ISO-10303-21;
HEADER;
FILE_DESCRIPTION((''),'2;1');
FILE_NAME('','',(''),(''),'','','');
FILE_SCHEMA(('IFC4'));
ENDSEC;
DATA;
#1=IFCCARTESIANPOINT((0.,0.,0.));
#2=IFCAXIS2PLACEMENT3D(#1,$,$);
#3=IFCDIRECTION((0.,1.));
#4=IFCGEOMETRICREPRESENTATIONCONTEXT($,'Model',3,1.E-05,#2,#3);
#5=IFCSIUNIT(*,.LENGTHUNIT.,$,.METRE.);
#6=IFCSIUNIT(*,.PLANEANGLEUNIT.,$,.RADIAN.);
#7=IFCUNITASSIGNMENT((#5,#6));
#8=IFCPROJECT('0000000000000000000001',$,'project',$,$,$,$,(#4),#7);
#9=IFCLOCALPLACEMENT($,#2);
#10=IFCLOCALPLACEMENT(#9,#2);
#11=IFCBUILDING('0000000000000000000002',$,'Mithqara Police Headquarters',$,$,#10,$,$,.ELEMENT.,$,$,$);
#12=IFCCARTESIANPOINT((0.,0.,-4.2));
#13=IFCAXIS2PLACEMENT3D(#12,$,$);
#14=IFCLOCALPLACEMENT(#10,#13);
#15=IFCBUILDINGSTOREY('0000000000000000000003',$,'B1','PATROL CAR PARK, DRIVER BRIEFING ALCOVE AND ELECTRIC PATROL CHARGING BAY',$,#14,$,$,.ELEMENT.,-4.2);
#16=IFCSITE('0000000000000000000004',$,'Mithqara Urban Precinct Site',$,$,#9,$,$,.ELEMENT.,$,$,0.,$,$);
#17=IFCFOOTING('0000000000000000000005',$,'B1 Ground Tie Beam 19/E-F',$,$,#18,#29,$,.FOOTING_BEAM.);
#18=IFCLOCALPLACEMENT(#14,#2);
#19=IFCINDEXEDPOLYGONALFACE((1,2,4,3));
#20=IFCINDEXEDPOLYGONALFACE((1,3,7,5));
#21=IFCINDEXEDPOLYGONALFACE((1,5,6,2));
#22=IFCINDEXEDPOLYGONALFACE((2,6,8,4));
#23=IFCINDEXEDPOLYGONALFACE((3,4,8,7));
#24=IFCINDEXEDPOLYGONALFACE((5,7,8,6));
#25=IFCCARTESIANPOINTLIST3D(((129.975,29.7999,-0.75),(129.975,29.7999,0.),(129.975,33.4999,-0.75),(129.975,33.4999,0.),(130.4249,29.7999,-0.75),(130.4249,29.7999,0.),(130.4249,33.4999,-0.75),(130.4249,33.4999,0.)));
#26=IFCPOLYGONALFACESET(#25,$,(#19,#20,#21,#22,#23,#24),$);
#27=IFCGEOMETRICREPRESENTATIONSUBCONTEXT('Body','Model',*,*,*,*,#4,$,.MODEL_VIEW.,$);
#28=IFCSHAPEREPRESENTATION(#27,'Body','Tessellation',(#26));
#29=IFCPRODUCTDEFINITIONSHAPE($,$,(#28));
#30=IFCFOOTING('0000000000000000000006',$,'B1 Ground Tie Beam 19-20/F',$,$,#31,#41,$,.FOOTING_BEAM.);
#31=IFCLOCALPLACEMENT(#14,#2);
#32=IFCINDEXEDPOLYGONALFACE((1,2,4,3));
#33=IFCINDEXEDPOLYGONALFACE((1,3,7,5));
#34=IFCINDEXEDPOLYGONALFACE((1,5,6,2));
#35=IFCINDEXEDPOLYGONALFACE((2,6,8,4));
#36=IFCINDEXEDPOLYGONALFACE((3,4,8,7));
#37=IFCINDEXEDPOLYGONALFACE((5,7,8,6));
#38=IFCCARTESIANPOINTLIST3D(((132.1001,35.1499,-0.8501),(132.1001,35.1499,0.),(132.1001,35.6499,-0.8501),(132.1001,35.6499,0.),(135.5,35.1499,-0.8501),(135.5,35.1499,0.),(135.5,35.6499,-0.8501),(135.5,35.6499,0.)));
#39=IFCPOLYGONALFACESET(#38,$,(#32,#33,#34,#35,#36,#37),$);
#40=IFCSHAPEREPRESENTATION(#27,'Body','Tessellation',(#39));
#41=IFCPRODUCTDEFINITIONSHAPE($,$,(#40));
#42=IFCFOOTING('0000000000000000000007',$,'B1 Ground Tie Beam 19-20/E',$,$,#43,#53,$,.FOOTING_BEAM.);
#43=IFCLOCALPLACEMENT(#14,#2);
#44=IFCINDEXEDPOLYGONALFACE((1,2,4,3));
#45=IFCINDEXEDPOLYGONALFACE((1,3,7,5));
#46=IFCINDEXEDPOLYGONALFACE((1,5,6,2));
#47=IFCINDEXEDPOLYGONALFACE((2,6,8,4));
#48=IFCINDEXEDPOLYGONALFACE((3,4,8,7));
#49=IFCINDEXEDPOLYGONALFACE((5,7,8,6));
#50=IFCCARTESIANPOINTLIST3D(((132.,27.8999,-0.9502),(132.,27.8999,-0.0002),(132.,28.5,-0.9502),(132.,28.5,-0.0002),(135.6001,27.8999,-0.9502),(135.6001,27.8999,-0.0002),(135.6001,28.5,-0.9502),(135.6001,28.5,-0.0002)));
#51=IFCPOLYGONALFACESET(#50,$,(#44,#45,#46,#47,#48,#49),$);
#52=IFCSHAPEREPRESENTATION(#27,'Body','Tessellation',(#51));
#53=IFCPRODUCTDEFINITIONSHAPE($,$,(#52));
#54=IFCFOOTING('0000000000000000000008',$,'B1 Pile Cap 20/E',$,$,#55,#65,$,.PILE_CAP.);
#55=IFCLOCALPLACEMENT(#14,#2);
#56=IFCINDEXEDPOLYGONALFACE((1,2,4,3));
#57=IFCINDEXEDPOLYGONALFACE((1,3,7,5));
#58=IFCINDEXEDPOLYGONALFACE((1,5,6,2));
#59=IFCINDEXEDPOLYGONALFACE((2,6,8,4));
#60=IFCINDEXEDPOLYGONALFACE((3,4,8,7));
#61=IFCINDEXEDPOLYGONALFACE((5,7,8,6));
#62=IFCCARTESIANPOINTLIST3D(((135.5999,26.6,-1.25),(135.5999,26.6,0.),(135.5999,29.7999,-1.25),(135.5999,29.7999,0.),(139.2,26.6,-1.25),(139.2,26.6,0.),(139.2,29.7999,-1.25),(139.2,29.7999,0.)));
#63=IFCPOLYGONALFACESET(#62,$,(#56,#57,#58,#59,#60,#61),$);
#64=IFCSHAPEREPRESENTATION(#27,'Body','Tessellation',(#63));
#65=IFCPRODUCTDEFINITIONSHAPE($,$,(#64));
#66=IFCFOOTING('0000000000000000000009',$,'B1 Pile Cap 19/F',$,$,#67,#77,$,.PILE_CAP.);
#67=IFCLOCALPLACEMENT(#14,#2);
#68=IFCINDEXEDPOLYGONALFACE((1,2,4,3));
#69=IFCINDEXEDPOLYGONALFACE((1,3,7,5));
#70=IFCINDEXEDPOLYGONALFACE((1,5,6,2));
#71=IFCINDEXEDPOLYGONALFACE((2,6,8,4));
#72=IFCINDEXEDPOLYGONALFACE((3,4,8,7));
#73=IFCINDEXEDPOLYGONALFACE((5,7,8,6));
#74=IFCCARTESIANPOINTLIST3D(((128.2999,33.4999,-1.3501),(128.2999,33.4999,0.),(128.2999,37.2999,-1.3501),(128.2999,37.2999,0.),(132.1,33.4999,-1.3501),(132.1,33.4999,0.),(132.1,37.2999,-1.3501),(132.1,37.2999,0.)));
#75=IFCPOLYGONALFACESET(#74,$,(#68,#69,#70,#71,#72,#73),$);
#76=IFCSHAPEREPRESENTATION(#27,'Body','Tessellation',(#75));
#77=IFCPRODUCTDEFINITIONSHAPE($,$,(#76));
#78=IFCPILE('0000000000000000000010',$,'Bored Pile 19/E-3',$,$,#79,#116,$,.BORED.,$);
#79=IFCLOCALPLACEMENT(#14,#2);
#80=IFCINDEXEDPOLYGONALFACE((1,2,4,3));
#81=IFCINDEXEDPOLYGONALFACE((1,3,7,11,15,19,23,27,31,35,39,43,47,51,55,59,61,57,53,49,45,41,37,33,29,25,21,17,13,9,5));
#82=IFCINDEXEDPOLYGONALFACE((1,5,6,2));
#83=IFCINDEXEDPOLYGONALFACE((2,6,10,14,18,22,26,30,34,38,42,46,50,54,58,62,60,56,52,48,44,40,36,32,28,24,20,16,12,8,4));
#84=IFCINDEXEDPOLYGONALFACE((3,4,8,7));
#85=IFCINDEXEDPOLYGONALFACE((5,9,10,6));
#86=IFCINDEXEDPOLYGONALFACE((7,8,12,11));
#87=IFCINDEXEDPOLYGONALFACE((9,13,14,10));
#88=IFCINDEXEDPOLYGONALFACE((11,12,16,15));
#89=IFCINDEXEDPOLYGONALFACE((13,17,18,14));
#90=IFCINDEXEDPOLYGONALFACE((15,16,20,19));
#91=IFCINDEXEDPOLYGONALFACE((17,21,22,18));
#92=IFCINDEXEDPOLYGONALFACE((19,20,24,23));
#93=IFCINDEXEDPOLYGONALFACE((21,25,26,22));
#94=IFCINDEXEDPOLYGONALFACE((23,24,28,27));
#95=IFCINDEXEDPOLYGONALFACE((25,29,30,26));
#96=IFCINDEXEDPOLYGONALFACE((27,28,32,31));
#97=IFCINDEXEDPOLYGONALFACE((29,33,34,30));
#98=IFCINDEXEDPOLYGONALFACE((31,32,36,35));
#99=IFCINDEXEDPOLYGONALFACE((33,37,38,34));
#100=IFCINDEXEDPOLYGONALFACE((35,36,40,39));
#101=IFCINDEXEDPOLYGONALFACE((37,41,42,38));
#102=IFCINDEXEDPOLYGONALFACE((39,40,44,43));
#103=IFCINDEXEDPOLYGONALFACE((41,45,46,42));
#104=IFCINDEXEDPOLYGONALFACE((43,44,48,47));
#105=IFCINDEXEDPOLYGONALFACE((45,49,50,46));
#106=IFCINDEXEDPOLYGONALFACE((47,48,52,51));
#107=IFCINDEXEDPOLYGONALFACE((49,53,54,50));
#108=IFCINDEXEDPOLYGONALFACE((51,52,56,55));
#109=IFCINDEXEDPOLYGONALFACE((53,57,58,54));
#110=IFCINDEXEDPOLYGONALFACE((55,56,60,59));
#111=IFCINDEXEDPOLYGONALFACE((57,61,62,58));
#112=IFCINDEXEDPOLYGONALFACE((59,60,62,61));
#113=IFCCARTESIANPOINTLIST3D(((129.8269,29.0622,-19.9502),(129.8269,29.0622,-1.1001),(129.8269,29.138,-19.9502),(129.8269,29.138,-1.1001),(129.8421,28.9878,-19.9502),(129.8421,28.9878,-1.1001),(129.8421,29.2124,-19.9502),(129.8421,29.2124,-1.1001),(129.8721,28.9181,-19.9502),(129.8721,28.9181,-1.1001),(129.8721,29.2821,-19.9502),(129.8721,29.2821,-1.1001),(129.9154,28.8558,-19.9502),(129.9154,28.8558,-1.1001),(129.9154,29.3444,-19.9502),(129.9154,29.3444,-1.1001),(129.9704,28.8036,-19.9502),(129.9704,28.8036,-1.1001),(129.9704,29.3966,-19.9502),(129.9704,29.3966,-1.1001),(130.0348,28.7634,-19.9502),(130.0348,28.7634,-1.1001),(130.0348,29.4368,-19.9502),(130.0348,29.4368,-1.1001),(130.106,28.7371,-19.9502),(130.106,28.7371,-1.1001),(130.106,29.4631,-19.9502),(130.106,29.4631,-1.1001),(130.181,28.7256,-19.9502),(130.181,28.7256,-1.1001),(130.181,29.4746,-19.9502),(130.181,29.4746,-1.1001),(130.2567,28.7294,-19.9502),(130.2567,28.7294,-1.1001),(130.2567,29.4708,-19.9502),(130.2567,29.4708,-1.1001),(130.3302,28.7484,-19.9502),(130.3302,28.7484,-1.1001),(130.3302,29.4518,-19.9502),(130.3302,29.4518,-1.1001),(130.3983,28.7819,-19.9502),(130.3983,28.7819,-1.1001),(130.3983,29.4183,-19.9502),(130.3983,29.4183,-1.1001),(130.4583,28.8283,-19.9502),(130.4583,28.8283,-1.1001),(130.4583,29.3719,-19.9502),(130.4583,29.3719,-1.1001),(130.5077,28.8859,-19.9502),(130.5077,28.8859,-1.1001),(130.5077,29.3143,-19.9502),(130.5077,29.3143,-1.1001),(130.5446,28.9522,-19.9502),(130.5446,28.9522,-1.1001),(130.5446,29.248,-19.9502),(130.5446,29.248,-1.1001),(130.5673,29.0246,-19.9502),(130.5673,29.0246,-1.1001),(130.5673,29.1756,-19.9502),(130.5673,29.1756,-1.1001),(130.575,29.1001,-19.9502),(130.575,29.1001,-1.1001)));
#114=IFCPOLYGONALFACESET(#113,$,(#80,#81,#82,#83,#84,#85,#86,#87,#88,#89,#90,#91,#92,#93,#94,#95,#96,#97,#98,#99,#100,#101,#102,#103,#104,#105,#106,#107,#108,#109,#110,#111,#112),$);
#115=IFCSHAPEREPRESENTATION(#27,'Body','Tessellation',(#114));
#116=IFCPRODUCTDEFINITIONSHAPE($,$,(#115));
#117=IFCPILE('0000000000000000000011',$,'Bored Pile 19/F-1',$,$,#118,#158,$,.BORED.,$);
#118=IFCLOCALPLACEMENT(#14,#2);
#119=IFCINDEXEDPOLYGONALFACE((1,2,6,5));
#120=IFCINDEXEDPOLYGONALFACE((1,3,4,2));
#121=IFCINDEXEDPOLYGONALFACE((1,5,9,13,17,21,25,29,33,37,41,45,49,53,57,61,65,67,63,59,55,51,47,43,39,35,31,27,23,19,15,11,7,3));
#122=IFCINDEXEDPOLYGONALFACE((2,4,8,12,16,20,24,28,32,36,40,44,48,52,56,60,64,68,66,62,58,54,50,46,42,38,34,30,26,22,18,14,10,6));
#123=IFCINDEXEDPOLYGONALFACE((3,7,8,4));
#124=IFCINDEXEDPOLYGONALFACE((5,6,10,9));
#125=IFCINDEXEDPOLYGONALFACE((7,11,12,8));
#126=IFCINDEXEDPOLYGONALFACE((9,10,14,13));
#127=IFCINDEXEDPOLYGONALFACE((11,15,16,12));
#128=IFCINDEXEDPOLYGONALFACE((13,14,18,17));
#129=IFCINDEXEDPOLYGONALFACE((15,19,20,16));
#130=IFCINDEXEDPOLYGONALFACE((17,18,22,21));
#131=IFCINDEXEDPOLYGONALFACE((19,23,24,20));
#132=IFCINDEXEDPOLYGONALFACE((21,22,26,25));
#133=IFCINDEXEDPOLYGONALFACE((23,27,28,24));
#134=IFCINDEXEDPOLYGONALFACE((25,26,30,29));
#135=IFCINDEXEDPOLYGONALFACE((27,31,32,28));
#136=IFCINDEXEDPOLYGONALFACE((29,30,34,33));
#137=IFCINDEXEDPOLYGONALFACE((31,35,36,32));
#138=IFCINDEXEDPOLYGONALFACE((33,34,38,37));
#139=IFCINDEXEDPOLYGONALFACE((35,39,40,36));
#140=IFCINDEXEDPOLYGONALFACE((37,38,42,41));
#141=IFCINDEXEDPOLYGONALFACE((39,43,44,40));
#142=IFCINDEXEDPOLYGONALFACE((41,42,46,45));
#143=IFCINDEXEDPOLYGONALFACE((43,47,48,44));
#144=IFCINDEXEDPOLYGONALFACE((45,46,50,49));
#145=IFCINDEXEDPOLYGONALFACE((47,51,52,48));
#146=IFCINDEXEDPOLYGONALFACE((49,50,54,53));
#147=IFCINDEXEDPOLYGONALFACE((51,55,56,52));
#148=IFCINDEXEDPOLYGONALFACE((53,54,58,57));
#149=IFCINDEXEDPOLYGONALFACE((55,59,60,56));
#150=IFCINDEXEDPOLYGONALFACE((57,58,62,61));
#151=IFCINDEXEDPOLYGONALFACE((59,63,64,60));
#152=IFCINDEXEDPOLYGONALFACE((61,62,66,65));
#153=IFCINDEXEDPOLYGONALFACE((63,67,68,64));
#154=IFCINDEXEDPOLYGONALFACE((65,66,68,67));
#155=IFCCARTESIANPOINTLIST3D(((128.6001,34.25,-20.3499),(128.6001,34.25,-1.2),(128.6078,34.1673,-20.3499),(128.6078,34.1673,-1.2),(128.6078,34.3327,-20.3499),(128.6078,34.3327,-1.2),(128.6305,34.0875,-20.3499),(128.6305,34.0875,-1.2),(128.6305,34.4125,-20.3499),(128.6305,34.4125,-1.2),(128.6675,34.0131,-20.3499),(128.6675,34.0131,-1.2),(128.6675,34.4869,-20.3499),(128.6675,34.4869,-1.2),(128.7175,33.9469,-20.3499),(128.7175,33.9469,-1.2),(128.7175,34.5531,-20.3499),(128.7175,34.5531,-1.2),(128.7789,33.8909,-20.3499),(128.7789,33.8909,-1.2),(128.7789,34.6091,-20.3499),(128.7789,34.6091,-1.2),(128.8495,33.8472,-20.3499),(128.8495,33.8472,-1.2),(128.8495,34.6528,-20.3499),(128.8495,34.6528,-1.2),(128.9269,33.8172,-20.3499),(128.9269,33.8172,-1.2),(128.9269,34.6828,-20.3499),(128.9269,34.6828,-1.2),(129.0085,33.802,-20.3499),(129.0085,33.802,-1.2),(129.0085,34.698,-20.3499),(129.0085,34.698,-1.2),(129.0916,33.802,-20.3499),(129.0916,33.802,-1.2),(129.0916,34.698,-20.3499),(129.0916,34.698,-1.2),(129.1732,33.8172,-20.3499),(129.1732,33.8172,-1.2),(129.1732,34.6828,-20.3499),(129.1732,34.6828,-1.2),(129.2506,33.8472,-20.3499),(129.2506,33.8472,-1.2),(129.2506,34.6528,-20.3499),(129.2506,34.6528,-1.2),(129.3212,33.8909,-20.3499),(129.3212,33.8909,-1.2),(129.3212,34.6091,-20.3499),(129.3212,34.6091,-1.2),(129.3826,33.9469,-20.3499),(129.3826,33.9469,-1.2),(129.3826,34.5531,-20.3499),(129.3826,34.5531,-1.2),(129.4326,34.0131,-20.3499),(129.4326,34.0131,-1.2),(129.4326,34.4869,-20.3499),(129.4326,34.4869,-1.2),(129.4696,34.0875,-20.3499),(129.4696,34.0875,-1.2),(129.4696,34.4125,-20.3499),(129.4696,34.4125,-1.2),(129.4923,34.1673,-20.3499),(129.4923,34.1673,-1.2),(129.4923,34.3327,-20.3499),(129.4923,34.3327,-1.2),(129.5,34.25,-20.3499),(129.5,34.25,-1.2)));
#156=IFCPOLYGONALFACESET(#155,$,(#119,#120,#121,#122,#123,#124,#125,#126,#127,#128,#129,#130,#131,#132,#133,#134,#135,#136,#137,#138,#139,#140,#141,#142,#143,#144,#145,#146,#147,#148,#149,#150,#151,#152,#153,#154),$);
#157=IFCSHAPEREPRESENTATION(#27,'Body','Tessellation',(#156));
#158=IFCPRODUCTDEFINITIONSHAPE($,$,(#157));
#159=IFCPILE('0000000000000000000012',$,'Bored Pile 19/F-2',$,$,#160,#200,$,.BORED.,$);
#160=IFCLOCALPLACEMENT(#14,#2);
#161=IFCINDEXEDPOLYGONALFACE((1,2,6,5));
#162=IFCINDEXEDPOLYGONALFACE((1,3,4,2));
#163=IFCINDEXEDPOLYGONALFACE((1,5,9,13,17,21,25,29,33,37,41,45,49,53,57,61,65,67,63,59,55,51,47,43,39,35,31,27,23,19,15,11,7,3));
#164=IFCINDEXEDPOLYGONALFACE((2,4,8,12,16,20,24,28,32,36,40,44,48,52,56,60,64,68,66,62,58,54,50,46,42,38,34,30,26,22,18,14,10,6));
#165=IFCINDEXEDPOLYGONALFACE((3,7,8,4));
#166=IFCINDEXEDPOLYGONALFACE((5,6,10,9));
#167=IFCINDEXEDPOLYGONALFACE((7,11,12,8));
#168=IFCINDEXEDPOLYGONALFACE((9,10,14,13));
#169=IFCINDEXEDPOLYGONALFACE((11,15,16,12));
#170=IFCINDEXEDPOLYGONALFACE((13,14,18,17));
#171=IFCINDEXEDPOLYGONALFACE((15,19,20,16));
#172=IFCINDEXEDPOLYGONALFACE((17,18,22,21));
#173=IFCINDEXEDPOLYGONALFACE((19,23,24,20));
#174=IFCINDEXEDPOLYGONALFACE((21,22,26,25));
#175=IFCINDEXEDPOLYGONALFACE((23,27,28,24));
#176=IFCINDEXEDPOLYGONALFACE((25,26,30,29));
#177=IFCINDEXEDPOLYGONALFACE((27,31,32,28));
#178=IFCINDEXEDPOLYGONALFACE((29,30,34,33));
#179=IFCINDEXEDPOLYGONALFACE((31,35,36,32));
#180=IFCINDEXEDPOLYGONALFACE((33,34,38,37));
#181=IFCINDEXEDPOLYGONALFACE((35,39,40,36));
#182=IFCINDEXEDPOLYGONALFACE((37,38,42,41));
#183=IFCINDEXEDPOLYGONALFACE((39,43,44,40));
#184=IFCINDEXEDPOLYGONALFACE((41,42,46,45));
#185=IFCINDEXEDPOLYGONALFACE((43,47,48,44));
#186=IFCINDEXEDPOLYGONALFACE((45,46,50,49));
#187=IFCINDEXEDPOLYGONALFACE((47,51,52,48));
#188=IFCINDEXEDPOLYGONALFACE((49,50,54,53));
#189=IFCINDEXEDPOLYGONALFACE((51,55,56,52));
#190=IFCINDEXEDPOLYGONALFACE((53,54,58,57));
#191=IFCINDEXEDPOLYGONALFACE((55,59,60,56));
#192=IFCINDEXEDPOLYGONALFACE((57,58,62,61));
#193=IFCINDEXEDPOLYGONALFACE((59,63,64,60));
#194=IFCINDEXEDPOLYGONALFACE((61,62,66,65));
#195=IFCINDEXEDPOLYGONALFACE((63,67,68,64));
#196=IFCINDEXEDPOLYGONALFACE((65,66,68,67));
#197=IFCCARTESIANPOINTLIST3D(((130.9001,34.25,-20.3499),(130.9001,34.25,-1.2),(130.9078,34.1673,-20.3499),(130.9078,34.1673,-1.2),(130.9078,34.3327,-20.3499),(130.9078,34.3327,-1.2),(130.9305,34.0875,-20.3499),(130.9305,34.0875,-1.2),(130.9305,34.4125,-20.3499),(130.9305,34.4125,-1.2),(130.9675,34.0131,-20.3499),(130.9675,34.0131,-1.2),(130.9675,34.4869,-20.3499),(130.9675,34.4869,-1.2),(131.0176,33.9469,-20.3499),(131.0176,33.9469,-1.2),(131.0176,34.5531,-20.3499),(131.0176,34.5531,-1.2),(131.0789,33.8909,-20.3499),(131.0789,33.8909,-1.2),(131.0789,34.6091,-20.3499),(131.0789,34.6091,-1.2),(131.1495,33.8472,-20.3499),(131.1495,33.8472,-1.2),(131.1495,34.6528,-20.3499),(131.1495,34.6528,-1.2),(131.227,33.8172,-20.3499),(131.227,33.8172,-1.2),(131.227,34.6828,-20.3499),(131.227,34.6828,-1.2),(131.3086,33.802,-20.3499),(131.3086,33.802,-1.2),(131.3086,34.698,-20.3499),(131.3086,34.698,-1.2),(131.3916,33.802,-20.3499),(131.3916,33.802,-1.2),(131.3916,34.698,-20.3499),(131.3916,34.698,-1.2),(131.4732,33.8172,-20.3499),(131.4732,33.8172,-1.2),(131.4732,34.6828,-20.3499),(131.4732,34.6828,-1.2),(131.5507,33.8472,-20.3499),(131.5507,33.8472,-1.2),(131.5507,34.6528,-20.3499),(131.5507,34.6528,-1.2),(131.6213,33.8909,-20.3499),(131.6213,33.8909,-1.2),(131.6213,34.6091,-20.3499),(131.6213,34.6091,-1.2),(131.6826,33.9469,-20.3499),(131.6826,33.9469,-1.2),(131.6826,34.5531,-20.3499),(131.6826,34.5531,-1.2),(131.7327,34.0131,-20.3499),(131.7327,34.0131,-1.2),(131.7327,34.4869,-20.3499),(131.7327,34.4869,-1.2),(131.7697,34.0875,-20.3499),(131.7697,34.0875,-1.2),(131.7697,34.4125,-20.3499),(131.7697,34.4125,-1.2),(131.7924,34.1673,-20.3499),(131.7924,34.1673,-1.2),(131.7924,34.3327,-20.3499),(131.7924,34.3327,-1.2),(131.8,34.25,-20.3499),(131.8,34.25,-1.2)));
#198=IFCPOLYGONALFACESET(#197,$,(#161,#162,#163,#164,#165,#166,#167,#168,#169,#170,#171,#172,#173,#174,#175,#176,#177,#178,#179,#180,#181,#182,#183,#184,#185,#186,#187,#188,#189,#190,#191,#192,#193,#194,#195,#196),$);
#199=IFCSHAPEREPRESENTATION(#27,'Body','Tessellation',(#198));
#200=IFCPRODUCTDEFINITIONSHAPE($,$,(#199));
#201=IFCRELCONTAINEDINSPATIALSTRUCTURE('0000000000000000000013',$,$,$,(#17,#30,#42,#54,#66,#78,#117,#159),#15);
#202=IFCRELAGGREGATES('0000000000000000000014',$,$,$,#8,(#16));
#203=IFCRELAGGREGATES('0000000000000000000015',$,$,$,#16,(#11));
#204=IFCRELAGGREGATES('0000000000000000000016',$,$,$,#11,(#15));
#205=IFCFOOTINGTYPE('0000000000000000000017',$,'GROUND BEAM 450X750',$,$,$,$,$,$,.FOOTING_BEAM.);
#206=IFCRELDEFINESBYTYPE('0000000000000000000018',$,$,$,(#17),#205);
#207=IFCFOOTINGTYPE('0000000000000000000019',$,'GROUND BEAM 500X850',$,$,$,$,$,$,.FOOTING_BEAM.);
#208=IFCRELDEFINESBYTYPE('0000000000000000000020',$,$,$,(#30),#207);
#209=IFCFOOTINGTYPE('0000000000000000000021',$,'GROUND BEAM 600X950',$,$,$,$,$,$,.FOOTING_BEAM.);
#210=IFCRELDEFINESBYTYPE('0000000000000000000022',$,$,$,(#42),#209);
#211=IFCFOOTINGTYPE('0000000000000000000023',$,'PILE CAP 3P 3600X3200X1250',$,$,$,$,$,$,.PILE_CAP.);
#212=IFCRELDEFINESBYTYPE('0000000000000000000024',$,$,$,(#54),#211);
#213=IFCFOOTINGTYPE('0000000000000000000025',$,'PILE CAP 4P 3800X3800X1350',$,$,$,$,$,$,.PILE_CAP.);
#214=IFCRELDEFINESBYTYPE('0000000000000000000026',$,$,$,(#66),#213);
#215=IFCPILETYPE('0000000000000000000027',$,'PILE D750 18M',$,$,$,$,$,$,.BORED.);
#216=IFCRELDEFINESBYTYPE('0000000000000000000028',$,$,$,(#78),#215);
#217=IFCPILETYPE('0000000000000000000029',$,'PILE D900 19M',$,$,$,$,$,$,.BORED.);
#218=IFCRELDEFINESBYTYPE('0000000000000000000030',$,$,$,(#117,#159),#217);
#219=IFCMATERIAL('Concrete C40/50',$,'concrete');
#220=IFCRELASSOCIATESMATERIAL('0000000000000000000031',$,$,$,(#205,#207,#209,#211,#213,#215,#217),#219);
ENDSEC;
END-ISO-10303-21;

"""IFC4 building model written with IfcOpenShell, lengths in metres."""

from ifc_helpers import new_model, si_unit, direction, frame, origin, origin_2d, place, context, subcontext, project, spatial, rectangle, circle, extrude, material, material_profile, profile_set, type_object, element, save


model = new_model("IFC4")

# Units and contexts
model_context = context("Model", 3, precision=1e-05, world=origin(), true_north=direction((0.0, 1.0)))
body_context = subcontext(model_context, "Body", "Model", "MODEL_VIEW")
ifc_project = project(units=[si_unit("LENGTHUNIT", "METRE"), si_unit("PLANEANGLEUNIT", "RADIAN")], contexts=[model_context])

# Site, building, storey
site_placement = place(None, origin())
site = spatial("IfcSite", under=ifc_project, at=site_placement, Name="Mithqara Urban Precinct Site", CompositionType="ELEMENT", RefElevation=0.0)
building_placement = place(site_placement, origin())
building = spatial("IfcBuilding", under=site, at=building_placement, Name="Mithqara Police Headquarters", CompositionType="ELEMENT")
storey_placement = place(building_placement, frame((0.0, 0.0, -4.2)))
storey = spatial("IfcBuildingStorey", under=building, at=storey_placement, Name="B1", Description="PATROL CAR PARK, DRIVER BRIEFING ALCOVE AND ELECTRIC PATROL CHARGING BAY", CompositionType="ELEMENT", Elevation=-4.2)

# Footings
ifc_material_1 = material(Name="Concrete C40/50", Category="concrete")
footing_type_1 = type_object("IfcFootingType", Name="GROUND BEAM 450X750", PredefinedType="FOOTING_BEAM", material=ifc_material_1)
footing_1_placement = place(storey_placement, frame((130.2, 31.6499, -0.75), z_axis=(0.0, 0.0, 1.0), x_axis=(1.0, 0.0, 0.0)))
element("IfcFooting", 1, at=footing_1_placement, inside=storey, type_object=footing_type_1, Name="B1 Ground Tie Beam 19/E-F", PredefinedType="FOOTING_BEAM", context=body_context, shape_type="SweptSolid", body=[
    extrude(rectangle(XDim=0.45, YDim=3.7, at=origin_2d()), origin(), (0.0, 0.0, 1.0), 0.75),
])
footing_type_2 = type_object("IfcFootingType", Name="GROUND BEAM 500X850", PredefinedType="FOOTING_BEAM", material=ifc_material_1)
footing_2_placement = place(storey_placement, frame((133.8, 35.3999, -0.8501), z_axis=(0.0, 0.0, 1.0), x_axis=(1.0, 0.0, 0.0)))
element("IfcFooting", 2, at=footing_2_placement, inside=storey, type_object=footing_type_2, Name="B1 Ground Tie Beam 19-20/F", PredefinedType="FOOTING_BEAM", context=body_context, shape_type="SweptSolid", body=[
    extrude(rectangle(XDim=3.3999, YDim=0.5, at=origin_2d()), origin(), (0.0, 0.0, 1.0), 0.8501),
])
footing_type_3 = type_object("IfcFootingType", Name="GROUND BEAM 600X950", PredefinedType="FOOTING_BEAM", material=ifc_material_1)
footing_3_placement = place(storey_placement, frame((133.8, 28.2, -0.9502), z_axis=(0.0, 0.0, 1.0), x_axis=(1.0, 0.0, 0.0)))
element("IfcFooting", 3, at=footing_3_placement, inside=storey, type_object=footing_type_3, Name="B1 Ground Tie Beam 19-20/E", PredefinedType="FOOTING_BEAM", context=body_context, shape_type="SweptSolid", body=[
    extrude(rectangle(XDim=3.6001, YDim=0.6001, at=origin_2d()), origin(), (0.0, 0.0, 1.0), 0.95),
])
footing_type_4 = type_object("IfcFootingType", Name="PILE CAP 3P 3600X3200X1250", PredefinedType="PILE_CAP", material=ifc_material_1)
footing_4_placement = place(storey_placement, frame((137.3999, 28.2, -1.25), z_axis=(0.0, 0.0, 1.0), x_axis=(1.0, 0.0, 0.0)))
element("IfcFooting", 4, at=footing_4_placement, inside=storey, type_object=footing_type_4, Name="B1 Pile Cap 20/E", PredefinedType="PILE_CAP", context=body_context, shape_type="SweptSolid", body=[
    extrude(rectangle(XDim=3.6001, YDim=3.2, at=origin_2d()), origin(), (0.0, 0.0, 1.0), 1.25),
])
footing_type_5 = type_object("IfcFootingType", Name="PILE CAP 4P 3800X3800X1350", PredefinedType="PILE_CAP", material=ifc_material_1)
footing_5_placement = place(storey_placement, frame((130.2, 35.3999, -1.3501), z_axis=(0.0, 0.0, 1.0), x_axis=(1.0, 0.0, 0.0)))
element("IfcFooting", 5, at=footing_5_placement, inside=storey, type_object=footing_type_5, Name="B1 Pile Cap 19/F", PredefinedType="PILE_CAP", context=body_context, shape_type="SweptSolid", body=[
    extrude(rectangle(XDim=3.8, YDim=3.8, at=origin_2d()), origin(), (0.0, 0.0, 1.0), 1.3501),
])

# Piles
ifc_material_profile_1 = material_profile(ifc_material_1, circle(Radius=0.375, at=origin_2d()), Name="PILE D750")
ifc_profile_set_1 = profile_set([ifc_material_profile_1], Name="Concrete C40/50")
pile_type_1 = type_object("IfcPileType", Name="PILE D750 18M", PredefinedType="BORED", material=ifc_profile_set_1)
pile_placement = place(storey_placement, frame((130.2, 29.1001, -1.1001), z_axis=(0.0, 0.0, -1.0), x_axis=(1.0, 0.0, 0.0)))
element("IfcPile", 6, at=pile_placement, inside=storey, type_object=pile_type_1, Name="Bored Pile 19/E-3", PredefinedType="BORED", context=body_context, shape_type="SweptSolid", body=[
    extrude(circle(Radius=0.375, at=origin_2d()), origin(), (0.0, 0.0, 1.0), 18.8501),
])
ifc_material_profile_2 = material_profile(ifc_material_1, circle(Radius=0.45, at=origin_2d()), Name="PILE D900")
ifc_profile_set_2 = profile_set([ifc_material_profile_2], Name="Concrete C40/50")
pile_type_2 = type_object("IfcPileType", Name="PILE D900 19M", PredefinedType="BORED", material=ifc_profile_set_2)
for number, where, z_axis, x_axis, name in (
    (7, (129.05, 34.25, -1.2), (0.0, 0.0, -1.0), (1.0, 0.0, 0.0), "Bored Pile 19/F-1"),
    (8, (131.3501, 34.25, -1.2), (0.0, 0.0, -1.0), (1.0, 0.0, 0.0), "Bored Pile 19/F-2"),
):
    element("IfcPile", number, at=place(storey_placement, frame(where, z_axis=z_axis, x_axis=x_axis)), inside=storey, type_object=pile_type_2, Name=name, PredefinedType="BORED", context=body_context, shape_type="SweptSolid", body=[
        extrude(circle(Radius=0.45, at=origin_2d()), origin(), (0.0, 0.0, 1.0), 19.1499),
    ])

save(model, "model.ifc")
